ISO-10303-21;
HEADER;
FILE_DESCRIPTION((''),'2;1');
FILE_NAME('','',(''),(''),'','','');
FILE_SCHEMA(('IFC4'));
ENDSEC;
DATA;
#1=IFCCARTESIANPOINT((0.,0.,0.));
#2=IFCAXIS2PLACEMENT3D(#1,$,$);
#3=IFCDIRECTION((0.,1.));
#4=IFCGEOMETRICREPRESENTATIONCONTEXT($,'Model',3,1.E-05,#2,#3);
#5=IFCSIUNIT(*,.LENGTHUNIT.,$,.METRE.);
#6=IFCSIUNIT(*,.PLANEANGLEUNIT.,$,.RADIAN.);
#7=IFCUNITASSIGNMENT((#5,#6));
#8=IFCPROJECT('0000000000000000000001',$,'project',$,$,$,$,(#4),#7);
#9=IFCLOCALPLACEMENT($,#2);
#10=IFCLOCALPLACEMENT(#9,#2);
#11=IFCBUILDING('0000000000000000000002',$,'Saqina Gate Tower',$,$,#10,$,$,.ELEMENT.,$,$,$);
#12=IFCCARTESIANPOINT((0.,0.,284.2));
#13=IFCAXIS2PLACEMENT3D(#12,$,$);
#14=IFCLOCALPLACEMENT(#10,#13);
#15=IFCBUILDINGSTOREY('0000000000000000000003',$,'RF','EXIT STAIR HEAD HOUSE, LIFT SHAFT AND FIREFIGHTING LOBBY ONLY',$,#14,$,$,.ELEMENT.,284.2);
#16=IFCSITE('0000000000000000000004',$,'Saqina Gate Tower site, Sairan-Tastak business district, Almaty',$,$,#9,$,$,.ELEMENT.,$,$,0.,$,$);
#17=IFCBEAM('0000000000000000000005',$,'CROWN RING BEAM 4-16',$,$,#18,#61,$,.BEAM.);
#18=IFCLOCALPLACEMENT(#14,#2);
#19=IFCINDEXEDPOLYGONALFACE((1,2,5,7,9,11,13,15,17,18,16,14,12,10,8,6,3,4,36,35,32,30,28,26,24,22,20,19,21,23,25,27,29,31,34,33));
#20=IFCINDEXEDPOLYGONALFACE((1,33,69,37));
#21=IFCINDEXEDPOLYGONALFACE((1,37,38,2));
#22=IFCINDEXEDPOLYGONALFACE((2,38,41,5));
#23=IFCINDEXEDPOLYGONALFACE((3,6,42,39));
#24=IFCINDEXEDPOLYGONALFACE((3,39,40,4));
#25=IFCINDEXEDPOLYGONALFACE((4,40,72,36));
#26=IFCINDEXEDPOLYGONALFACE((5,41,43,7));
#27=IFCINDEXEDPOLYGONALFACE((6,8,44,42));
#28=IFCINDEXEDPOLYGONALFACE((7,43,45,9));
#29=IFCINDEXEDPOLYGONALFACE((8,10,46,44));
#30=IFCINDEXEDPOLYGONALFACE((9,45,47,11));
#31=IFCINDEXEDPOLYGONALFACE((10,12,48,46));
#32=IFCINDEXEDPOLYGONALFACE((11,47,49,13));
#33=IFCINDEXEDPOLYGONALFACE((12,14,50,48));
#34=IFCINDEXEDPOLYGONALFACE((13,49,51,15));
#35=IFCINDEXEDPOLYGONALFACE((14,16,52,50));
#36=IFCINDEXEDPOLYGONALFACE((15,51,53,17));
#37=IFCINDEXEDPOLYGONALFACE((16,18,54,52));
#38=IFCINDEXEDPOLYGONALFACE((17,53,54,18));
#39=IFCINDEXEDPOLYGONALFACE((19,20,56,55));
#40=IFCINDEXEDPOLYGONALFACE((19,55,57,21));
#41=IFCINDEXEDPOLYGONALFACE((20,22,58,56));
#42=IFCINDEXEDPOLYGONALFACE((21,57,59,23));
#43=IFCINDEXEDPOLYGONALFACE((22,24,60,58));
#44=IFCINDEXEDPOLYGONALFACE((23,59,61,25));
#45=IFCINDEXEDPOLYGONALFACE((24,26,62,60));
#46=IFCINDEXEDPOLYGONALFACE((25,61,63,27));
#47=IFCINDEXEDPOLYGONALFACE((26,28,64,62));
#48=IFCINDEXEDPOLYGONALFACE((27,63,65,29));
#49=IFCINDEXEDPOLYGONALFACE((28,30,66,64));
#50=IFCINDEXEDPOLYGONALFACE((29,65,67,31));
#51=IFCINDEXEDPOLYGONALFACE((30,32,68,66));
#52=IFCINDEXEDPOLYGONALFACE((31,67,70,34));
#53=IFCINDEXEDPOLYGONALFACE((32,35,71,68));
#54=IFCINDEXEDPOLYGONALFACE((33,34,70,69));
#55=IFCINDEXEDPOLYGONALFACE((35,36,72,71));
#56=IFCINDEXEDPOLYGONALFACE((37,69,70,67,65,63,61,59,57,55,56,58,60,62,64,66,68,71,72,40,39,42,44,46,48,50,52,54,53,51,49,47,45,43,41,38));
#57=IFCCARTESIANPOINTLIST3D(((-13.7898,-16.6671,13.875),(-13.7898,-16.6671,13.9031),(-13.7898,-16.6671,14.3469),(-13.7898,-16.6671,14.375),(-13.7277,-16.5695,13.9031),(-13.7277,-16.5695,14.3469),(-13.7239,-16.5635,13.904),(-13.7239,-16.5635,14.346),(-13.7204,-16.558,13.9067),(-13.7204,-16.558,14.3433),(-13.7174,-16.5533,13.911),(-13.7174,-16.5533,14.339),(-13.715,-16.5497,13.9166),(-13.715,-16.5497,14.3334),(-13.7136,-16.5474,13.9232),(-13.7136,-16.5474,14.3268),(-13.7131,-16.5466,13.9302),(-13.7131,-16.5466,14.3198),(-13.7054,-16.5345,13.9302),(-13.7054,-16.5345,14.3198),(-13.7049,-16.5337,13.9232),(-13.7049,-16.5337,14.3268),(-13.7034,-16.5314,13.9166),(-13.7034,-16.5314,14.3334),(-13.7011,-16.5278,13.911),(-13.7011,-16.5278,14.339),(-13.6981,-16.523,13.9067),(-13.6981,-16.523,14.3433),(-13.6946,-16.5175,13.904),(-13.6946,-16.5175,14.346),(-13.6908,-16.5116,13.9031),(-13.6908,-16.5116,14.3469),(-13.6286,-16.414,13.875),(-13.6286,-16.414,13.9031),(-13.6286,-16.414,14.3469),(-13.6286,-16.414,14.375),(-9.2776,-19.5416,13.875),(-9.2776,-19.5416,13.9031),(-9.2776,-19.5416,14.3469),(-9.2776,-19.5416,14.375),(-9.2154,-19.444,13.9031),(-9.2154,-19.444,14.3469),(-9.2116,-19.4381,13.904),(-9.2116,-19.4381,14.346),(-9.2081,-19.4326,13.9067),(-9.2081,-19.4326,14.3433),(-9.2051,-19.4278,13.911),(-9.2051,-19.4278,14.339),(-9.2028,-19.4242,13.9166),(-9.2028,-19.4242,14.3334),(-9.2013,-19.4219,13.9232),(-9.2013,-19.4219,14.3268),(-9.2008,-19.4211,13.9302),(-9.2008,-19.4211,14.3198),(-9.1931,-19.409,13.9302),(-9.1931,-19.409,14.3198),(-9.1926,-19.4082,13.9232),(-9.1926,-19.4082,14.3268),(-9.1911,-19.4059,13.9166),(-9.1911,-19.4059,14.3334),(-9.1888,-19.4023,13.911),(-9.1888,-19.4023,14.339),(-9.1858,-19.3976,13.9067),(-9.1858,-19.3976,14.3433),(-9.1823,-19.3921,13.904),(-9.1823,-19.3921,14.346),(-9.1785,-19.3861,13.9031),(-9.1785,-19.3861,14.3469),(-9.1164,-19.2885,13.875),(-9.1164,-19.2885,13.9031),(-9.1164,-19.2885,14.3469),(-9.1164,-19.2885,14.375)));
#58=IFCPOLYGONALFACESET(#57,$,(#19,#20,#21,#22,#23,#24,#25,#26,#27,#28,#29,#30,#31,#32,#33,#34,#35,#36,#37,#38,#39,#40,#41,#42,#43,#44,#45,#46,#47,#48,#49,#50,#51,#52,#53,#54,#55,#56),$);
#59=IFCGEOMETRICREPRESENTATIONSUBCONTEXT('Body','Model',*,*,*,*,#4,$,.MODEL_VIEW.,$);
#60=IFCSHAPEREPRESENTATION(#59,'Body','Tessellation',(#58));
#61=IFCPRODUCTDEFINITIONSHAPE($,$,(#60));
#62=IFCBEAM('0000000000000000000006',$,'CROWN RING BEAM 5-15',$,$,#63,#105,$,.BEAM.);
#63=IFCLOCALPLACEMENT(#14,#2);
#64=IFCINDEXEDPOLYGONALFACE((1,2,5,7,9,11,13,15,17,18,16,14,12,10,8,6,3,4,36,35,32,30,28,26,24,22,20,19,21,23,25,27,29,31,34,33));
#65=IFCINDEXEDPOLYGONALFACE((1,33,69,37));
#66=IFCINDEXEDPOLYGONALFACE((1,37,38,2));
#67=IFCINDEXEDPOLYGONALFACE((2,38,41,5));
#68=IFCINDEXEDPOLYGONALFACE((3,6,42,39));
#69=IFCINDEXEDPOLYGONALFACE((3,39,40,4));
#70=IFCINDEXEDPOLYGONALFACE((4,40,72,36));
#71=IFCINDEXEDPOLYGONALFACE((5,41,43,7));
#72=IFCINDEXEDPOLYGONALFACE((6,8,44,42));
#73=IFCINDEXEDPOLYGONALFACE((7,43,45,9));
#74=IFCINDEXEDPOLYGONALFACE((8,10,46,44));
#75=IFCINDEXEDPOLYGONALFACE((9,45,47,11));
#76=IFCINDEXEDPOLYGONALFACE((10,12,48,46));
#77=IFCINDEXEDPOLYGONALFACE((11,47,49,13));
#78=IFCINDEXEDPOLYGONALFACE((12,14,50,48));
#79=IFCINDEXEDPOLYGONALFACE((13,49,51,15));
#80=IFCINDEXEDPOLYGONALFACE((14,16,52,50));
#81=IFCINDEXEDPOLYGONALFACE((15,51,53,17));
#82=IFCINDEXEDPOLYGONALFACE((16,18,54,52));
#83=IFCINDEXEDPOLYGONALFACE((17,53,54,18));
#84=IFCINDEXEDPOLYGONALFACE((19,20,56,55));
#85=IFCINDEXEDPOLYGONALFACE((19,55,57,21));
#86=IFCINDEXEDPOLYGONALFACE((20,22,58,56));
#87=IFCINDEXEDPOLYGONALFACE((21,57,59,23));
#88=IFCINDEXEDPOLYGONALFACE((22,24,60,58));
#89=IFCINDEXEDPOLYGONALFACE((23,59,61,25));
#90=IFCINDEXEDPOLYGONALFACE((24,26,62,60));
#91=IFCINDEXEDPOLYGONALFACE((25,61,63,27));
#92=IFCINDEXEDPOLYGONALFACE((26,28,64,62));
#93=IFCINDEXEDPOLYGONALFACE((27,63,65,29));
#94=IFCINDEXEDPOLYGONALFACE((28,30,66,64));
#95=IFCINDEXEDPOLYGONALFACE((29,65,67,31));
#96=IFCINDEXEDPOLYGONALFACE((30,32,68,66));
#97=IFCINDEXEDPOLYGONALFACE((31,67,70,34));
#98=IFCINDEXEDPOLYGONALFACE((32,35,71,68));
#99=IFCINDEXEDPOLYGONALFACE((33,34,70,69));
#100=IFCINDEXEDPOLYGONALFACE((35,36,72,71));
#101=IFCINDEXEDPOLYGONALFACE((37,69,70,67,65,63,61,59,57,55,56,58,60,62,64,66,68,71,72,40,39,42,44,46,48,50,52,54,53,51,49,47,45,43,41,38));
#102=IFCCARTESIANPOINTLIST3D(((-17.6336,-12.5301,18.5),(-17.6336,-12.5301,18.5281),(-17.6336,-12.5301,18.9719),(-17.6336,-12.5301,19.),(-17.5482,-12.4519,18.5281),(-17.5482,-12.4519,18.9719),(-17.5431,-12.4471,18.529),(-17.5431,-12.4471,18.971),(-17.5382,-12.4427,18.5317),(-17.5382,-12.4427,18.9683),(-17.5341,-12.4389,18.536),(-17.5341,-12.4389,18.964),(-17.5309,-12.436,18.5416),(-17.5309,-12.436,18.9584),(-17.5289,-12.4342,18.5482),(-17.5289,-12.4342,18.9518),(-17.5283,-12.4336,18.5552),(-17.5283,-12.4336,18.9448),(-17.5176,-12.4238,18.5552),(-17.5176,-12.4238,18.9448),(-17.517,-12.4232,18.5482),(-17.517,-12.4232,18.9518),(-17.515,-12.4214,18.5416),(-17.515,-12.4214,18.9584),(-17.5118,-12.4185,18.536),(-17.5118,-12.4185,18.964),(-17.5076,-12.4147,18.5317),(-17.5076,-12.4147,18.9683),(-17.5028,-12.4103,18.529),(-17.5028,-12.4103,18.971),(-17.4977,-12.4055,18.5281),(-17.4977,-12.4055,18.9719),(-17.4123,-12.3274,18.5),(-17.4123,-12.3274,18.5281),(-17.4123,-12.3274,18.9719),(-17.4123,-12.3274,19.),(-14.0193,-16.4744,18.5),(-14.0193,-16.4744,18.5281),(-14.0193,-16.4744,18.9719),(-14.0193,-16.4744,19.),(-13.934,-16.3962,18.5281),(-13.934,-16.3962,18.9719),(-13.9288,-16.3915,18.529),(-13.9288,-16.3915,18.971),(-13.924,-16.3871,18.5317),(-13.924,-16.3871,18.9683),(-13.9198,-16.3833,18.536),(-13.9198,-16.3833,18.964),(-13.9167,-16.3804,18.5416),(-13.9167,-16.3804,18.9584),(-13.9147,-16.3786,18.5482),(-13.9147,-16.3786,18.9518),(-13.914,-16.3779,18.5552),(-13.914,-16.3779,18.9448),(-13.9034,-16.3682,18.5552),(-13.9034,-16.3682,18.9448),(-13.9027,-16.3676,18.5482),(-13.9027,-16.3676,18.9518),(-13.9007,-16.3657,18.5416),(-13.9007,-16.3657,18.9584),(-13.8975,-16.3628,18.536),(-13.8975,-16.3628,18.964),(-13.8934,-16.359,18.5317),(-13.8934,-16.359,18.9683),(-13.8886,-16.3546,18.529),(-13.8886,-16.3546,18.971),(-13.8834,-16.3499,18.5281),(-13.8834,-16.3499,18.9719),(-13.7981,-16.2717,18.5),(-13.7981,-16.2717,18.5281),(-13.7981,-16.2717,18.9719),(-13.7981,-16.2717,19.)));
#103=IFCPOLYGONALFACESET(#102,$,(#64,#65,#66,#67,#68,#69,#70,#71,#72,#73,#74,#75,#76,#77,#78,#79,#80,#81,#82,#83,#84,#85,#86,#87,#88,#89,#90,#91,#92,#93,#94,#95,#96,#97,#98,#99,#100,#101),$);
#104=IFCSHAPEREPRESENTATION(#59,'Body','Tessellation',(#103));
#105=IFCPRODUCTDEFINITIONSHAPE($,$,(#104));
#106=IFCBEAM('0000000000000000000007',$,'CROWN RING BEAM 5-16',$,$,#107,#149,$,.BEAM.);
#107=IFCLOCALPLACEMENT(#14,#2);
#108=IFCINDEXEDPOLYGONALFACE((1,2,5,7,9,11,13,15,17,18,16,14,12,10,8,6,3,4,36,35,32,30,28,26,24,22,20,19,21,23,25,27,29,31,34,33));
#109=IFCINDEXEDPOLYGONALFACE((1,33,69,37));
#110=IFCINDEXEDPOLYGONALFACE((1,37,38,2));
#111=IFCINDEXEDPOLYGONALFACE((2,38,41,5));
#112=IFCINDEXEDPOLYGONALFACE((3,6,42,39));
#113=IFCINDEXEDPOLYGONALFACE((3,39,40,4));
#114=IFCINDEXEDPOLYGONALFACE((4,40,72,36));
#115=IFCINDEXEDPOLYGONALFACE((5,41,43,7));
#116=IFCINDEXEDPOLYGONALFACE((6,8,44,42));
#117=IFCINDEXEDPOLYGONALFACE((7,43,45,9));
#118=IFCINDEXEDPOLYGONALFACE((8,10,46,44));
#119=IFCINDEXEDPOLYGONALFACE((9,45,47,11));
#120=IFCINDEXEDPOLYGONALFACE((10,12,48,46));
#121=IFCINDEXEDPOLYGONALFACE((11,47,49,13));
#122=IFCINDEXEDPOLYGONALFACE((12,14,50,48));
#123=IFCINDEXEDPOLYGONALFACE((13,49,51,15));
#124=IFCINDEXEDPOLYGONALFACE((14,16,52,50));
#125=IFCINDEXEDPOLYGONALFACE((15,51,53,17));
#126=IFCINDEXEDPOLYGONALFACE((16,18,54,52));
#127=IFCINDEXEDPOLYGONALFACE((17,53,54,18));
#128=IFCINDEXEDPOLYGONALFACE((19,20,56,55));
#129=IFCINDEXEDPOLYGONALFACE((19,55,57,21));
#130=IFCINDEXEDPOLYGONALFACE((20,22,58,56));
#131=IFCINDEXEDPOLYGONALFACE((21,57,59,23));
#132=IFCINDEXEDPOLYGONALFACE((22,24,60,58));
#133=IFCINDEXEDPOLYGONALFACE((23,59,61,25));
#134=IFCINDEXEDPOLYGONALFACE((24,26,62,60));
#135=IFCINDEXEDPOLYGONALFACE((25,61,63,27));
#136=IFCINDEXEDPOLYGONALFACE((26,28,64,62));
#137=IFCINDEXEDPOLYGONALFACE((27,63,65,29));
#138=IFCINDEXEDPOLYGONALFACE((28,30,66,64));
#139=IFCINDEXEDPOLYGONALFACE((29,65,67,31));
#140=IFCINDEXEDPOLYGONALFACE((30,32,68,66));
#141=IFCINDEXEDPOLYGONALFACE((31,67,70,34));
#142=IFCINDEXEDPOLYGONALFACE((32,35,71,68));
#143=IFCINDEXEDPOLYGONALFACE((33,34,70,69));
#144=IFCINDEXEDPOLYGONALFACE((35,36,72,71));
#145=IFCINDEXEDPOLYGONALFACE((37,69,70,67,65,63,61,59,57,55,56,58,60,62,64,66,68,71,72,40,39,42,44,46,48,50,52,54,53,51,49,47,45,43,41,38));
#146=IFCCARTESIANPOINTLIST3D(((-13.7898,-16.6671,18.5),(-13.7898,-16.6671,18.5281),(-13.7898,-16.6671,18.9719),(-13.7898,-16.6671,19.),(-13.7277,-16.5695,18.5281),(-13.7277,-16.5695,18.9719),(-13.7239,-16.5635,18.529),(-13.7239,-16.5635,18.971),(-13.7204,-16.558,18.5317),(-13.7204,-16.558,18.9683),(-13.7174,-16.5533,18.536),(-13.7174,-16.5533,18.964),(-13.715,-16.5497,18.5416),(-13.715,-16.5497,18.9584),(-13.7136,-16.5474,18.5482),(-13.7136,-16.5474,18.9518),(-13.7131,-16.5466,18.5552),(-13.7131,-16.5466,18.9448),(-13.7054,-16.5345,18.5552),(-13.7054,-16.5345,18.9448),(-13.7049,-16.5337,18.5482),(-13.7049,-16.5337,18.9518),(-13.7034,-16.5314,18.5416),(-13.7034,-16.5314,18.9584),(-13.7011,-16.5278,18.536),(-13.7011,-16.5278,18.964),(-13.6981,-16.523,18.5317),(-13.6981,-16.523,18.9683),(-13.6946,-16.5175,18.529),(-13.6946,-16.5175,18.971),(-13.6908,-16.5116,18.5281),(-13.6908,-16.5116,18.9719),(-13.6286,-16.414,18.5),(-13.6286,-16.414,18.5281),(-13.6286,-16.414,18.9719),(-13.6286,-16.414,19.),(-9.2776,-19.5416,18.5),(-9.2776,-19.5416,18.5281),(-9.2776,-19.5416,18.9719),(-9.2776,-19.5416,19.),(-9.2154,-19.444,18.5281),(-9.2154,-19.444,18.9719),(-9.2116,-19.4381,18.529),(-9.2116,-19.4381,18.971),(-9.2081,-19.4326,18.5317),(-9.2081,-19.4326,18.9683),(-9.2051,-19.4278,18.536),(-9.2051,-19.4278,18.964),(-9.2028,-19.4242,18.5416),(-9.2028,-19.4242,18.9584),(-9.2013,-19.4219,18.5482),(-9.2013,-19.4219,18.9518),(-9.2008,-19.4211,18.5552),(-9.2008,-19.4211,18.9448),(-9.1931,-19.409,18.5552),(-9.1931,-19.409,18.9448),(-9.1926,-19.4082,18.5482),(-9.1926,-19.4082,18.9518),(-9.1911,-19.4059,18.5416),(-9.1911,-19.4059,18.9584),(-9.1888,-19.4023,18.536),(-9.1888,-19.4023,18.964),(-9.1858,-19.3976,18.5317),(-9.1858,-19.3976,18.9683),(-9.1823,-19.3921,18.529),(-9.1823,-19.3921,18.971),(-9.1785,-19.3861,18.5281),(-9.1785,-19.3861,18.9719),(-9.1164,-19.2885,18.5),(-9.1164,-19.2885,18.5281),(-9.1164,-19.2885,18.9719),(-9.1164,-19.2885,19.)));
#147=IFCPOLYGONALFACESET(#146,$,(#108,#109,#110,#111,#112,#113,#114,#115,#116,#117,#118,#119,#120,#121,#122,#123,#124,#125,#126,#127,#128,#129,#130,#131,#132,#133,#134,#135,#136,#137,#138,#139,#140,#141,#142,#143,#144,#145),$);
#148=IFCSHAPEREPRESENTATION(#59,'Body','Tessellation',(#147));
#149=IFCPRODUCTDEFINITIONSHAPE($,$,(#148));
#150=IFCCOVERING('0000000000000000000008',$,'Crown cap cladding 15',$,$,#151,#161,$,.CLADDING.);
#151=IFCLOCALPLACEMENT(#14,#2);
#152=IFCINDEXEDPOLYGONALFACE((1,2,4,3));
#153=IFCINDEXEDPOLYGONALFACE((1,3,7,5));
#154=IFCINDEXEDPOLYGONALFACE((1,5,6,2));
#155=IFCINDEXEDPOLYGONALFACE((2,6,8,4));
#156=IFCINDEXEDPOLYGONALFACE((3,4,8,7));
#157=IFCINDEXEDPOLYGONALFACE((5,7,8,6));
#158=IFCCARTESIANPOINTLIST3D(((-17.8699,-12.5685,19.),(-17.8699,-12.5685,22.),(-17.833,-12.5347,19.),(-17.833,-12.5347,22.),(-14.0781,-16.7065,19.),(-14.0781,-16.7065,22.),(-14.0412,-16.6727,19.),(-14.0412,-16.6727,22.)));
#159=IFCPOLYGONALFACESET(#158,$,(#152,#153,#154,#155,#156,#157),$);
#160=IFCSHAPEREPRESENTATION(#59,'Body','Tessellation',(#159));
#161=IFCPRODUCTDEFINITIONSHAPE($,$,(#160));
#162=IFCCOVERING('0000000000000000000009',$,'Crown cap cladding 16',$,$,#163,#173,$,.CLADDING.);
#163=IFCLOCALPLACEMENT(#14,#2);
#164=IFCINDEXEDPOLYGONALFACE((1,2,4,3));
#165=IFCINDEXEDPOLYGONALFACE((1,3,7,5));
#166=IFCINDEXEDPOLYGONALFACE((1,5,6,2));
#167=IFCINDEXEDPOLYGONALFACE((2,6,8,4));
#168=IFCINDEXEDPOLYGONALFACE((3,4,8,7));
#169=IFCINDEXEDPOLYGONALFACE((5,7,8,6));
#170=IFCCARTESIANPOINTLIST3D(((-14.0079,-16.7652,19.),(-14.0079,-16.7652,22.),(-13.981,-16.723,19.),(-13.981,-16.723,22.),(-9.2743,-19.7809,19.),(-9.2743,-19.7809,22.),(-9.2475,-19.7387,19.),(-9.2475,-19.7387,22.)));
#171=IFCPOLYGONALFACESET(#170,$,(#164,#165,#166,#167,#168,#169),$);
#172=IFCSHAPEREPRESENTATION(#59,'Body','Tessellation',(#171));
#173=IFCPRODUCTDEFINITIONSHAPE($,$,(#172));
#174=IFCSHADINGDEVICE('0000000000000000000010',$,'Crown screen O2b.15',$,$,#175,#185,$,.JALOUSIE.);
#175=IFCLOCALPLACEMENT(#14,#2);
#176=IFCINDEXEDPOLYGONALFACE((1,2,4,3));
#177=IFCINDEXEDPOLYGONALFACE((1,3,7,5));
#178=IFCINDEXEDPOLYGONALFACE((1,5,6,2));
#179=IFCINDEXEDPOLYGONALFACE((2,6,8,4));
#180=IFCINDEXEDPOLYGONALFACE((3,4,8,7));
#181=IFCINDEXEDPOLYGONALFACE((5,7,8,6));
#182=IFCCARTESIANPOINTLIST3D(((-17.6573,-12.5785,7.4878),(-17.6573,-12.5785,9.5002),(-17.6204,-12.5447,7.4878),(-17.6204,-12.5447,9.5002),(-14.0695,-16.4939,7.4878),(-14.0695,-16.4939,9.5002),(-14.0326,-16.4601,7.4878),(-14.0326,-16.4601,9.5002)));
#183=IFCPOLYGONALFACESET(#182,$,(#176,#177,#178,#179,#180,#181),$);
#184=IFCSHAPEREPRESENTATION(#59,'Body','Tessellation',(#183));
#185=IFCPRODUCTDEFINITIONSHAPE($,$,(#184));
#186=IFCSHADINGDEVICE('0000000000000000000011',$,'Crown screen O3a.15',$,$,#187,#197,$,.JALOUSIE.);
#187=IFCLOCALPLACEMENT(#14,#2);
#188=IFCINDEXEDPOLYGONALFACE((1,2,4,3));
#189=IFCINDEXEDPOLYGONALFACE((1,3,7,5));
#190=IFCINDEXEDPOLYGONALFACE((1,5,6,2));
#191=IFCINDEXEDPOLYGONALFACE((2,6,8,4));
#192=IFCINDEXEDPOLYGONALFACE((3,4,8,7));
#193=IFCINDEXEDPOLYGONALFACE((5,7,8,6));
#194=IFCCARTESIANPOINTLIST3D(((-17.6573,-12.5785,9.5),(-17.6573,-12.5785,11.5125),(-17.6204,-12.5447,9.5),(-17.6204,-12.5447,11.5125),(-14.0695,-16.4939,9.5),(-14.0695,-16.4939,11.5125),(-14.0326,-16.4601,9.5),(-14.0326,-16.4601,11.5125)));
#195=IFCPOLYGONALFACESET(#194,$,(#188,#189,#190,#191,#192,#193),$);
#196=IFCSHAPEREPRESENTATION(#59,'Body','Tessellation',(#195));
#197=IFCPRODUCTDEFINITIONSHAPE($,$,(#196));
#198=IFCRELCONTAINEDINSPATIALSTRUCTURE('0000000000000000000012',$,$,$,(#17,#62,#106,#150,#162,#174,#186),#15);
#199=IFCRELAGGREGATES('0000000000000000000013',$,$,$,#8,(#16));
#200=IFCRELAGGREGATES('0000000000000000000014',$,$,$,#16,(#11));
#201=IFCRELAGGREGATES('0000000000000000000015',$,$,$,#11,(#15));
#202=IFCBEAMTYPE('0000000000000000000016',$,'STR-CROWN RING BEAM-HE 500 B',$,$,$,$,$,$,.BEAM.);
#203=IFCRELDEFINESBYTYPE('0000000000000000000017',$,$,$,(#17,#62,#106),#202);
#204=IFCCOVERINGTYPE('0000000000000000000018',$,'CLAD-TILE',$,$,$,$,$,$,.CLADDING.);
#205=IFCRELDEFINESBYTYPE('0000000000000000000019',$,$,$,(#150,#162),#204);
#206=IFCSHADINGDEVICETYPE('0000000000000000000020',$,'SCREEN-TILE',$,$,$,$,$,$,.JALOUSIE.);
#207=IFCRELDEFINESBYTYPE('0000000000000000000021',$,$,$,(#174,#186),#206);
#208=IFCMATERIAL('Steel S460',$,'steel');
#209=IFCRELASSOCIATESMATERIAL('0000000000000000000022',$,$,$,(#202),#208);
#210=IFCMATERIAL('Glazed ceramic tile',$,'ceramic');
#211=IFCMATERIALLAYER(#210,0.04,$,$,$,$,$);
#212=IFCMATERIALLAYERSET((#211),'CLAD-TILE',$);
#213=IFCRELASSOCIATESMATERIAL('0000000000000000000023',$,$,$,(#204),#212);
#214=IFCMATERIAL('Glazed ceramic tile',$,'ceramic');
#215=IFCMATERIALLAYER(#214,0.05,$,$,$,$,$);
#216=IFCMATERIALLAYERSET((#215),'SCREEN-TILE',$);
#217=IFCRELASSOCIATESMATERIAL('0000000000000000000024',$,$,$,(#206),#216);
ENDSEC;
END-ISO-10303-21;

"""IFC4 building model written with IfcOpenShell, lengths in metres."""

from ifc_helpers import new_model, si_unit, direction, frame, origin, origin_2d, place, context, subcontext, project, spatial, rectangle, i_section, extrude, material, layer, layer_set, material_profile, profile_set, type_object, element, save


model = new_model("IFC4")

# Units and contexts
model_context = context("Model", 3, precision=1e-05, world=origin(), true_north=direction((0.0, 1.0)))
body_context = subcontext(model_context, "Body", "Model", "MODEL_VIEW")
ifc_project = project(units=[si_unit("LENGTHUNIT", "METRE"), si_unit("PLANEANGLEUNIT", "RADIAN")], contexts=[model_context])

# Site, building, storey
site_placement = place(None, origin())
site = spatial("IfcSite", under=ifc_project, at=site_placement, Name="Saqina Gate Tower site, Sairan-Tastak business district, Almaty", CompositionType="ELEMENT", RefElevation=0.0)
building_placement = place(site_placement, origin())
building = spatial("IfcBuilding", under=site, at=building_placement, Name="Saqina Gate Tower", CompositionType="ELEMENT")
storey_placement = place(building_placement, frame((0.0, 0.0, 284.2)))
storey = spatial("IfcBuildingStorey", under=building, at=storey_placement, Name="RF", Description="EXIT STAIR HEAD HOUSE, LIFT SHAFT AND FIREFIGHTING LOBBY ONLY", CompositionType="ELEMENT", Elevation=284.2)

# Beams
ifc_material_1 = material(Name="Steel S460", Category="steel")
ifc_material_profile_1 = material_profile(ifc_material_1, i_section(OverallWidth=0.3, OverallDepth=0.5, WebThickness=0.0144, FlangeThickness=0.0281, FilletRadius=0.0271, at=origin_2d()), Name="HE 500 B")
ifc_profile_set_1 = profile_set([ifc_material_profile_1], Name="Steel S460")
beam_type_1 = type_object("IfcBeamType", Name="STR-CROWN RING BEAM-HE 500 B", PredefinedType="BEAM", material=ifc_profile_set_1)
beam_1_placement = place(storey_placement, frame((-13.7092, -16.5405, 14.125), z_axis=(0.843398, -0.537289, 0.0), x_axis=(0.537289, 0.843398, 0.0)))
element("IfcBeam", 1, at=beam_1_placement, inside=storey, type_object=beam_type_1, Name="CROWN RING BEAM 4-16", PredefinedType="BEAM", context=body_context, shape_type="SweptSolid", body=[
    extrude(i_section(OverallWidth=0.3, OverallDepth=0.5, WebThickness=0.0144, FlangeThickness=0.0281, FilletRadius=0.0271, at=origin_2d()), origin(), (0.0, 0.0, 1.0), 5.3501),
])
beam_2_placement = place(storey_placement, frame((-17.5229, -12.4287, 18.75), z_axis=(0.675584, -0.737283, 0.0), x_axis=(0.737283, 0.675584, 0.0)))
element("IfcBeam", 2, at=beam_2_placement, inside=storey, type_object=beam_type_1, Name="CROWN RING BEAM 5-15", PredefinedType="BEAM", context=body_context, shape_type="SweptSolid", body=[
    extrude(i_section(OverallWidth=0.3, OverallDepth=0.5, WebThickness=0.0144, FlangeThickness=0.0281, FilletRadius=0.0271, at=origin_2d()), origin(), (0.0, 0.0, 1.0), 5.3499),
])
beam_3_placement = place(storey_placement, frame((-13.7092, -16.5405, 18.75), z_axis=(0.843398, -0.537289, 0.0), x_axis=(0.537289, 0.843398, 0.0)))
element("IfcBeam", 3, at=beam_3_placement, inside=storey, type_object=beam_type_1, Name="CROWN RING BEAM 5-16", PredefinedType="BEAM", context=body_context, shape_type="SweptSolid", body=[
    extrude(i_section(OverallWidth=0.3, OverallDepth=0.5, WebThickness=0.0144, FlangeThickness=0.0281, FilletRadius=0.0271, at=origin_2d()), origin(), (0.0, 0.0, 1.0), 5.3501),
])

# Coverings
ifc_material_2 = material(Name="Glazed ceramic tile", Category="ceramic")
ifc_layer_1 = layer(ifc_material_2, 0.04)
ifc_layer_set_1 = layer_set([ifc_layer_1], Name="CLAD-TILE")
covering_type = type_object("IfcCoveringType", Name="CLAD-TILE", PredefinedType="CLADDING", material=ifc_layer_set_1)
for number, where, z_axis, x_axis, name in (
    (4, (-15.9556, -14.6206, 19.0), (0.0, 0.0, 1.0), (0.67559, -0.737277, 0.0), "Crown cap cladding 15"),
    (5, (-11.6277, -18.252, 19.0), (0.0, 0.0, 1.0), (0.843391, -0.5373, 0.0), "Crown cap cladding 16"),
):
    element("IfcCovering", number, at=place(storey_placement, frame(where, z_axis=z_axis, x_axis=x_axis)), inside=storey, type_object=covering_type, Name=name, PredefinedType="CLADDING", context=body_context, shape_type="SweptSolid", body=[
        extrude(rectangle(XDim=5.6125, YDim=0.05, at=origin_2d()), origin(), (0.0, 0.0, 1.0), 3.0),
    ])

# Shading devices
ifc_material_3 = material(Name="Glazed ceramic tile", Category="ceramic")
ifc_layer_2 = layer(ifc_material_3, 0.05)
ifc_layer_set_2 = layer_set([ifc_layer_2], Name="SCREEN-TILE")
shading_device_type_1 = type_object("IfcShadingDeviceType", Name="SCREEN-TILE", PredefinedType="JALOUSIE", material=ifc_layer_set_2)
for number, where, z_axis, x_axis, name in (
    (6, (-15.845, -14.5193, 7.4878), (0.0, 0.0, 1.0), (0.67559, -0.737277, 0.0), "Crown screen O2b.15"),
    (7, (-15.845, -14.5193, 9.5), (0.0, 0.0, 1.0), (0.67559, -0.737277, 0.0), "Crown screen O3a.15"),
):
    element("IfcShadingDevice", number, at=place(storey_placement, frame(where, z_axis=z_axis, x_axis=x_axis)), inside=storey, type_object=shading_device_type_1, Name=name, PredefinedType="JALOUSIE", context=body_context, shape_type="SweptSolid", body=[
        extrude(rectangle(XDim=5.3105, YDim=0.05, at=origin_2d()), origin(), (0.0, 0.0, 1.0), 2.0125),
    ])

save(model, "model.ifc")
